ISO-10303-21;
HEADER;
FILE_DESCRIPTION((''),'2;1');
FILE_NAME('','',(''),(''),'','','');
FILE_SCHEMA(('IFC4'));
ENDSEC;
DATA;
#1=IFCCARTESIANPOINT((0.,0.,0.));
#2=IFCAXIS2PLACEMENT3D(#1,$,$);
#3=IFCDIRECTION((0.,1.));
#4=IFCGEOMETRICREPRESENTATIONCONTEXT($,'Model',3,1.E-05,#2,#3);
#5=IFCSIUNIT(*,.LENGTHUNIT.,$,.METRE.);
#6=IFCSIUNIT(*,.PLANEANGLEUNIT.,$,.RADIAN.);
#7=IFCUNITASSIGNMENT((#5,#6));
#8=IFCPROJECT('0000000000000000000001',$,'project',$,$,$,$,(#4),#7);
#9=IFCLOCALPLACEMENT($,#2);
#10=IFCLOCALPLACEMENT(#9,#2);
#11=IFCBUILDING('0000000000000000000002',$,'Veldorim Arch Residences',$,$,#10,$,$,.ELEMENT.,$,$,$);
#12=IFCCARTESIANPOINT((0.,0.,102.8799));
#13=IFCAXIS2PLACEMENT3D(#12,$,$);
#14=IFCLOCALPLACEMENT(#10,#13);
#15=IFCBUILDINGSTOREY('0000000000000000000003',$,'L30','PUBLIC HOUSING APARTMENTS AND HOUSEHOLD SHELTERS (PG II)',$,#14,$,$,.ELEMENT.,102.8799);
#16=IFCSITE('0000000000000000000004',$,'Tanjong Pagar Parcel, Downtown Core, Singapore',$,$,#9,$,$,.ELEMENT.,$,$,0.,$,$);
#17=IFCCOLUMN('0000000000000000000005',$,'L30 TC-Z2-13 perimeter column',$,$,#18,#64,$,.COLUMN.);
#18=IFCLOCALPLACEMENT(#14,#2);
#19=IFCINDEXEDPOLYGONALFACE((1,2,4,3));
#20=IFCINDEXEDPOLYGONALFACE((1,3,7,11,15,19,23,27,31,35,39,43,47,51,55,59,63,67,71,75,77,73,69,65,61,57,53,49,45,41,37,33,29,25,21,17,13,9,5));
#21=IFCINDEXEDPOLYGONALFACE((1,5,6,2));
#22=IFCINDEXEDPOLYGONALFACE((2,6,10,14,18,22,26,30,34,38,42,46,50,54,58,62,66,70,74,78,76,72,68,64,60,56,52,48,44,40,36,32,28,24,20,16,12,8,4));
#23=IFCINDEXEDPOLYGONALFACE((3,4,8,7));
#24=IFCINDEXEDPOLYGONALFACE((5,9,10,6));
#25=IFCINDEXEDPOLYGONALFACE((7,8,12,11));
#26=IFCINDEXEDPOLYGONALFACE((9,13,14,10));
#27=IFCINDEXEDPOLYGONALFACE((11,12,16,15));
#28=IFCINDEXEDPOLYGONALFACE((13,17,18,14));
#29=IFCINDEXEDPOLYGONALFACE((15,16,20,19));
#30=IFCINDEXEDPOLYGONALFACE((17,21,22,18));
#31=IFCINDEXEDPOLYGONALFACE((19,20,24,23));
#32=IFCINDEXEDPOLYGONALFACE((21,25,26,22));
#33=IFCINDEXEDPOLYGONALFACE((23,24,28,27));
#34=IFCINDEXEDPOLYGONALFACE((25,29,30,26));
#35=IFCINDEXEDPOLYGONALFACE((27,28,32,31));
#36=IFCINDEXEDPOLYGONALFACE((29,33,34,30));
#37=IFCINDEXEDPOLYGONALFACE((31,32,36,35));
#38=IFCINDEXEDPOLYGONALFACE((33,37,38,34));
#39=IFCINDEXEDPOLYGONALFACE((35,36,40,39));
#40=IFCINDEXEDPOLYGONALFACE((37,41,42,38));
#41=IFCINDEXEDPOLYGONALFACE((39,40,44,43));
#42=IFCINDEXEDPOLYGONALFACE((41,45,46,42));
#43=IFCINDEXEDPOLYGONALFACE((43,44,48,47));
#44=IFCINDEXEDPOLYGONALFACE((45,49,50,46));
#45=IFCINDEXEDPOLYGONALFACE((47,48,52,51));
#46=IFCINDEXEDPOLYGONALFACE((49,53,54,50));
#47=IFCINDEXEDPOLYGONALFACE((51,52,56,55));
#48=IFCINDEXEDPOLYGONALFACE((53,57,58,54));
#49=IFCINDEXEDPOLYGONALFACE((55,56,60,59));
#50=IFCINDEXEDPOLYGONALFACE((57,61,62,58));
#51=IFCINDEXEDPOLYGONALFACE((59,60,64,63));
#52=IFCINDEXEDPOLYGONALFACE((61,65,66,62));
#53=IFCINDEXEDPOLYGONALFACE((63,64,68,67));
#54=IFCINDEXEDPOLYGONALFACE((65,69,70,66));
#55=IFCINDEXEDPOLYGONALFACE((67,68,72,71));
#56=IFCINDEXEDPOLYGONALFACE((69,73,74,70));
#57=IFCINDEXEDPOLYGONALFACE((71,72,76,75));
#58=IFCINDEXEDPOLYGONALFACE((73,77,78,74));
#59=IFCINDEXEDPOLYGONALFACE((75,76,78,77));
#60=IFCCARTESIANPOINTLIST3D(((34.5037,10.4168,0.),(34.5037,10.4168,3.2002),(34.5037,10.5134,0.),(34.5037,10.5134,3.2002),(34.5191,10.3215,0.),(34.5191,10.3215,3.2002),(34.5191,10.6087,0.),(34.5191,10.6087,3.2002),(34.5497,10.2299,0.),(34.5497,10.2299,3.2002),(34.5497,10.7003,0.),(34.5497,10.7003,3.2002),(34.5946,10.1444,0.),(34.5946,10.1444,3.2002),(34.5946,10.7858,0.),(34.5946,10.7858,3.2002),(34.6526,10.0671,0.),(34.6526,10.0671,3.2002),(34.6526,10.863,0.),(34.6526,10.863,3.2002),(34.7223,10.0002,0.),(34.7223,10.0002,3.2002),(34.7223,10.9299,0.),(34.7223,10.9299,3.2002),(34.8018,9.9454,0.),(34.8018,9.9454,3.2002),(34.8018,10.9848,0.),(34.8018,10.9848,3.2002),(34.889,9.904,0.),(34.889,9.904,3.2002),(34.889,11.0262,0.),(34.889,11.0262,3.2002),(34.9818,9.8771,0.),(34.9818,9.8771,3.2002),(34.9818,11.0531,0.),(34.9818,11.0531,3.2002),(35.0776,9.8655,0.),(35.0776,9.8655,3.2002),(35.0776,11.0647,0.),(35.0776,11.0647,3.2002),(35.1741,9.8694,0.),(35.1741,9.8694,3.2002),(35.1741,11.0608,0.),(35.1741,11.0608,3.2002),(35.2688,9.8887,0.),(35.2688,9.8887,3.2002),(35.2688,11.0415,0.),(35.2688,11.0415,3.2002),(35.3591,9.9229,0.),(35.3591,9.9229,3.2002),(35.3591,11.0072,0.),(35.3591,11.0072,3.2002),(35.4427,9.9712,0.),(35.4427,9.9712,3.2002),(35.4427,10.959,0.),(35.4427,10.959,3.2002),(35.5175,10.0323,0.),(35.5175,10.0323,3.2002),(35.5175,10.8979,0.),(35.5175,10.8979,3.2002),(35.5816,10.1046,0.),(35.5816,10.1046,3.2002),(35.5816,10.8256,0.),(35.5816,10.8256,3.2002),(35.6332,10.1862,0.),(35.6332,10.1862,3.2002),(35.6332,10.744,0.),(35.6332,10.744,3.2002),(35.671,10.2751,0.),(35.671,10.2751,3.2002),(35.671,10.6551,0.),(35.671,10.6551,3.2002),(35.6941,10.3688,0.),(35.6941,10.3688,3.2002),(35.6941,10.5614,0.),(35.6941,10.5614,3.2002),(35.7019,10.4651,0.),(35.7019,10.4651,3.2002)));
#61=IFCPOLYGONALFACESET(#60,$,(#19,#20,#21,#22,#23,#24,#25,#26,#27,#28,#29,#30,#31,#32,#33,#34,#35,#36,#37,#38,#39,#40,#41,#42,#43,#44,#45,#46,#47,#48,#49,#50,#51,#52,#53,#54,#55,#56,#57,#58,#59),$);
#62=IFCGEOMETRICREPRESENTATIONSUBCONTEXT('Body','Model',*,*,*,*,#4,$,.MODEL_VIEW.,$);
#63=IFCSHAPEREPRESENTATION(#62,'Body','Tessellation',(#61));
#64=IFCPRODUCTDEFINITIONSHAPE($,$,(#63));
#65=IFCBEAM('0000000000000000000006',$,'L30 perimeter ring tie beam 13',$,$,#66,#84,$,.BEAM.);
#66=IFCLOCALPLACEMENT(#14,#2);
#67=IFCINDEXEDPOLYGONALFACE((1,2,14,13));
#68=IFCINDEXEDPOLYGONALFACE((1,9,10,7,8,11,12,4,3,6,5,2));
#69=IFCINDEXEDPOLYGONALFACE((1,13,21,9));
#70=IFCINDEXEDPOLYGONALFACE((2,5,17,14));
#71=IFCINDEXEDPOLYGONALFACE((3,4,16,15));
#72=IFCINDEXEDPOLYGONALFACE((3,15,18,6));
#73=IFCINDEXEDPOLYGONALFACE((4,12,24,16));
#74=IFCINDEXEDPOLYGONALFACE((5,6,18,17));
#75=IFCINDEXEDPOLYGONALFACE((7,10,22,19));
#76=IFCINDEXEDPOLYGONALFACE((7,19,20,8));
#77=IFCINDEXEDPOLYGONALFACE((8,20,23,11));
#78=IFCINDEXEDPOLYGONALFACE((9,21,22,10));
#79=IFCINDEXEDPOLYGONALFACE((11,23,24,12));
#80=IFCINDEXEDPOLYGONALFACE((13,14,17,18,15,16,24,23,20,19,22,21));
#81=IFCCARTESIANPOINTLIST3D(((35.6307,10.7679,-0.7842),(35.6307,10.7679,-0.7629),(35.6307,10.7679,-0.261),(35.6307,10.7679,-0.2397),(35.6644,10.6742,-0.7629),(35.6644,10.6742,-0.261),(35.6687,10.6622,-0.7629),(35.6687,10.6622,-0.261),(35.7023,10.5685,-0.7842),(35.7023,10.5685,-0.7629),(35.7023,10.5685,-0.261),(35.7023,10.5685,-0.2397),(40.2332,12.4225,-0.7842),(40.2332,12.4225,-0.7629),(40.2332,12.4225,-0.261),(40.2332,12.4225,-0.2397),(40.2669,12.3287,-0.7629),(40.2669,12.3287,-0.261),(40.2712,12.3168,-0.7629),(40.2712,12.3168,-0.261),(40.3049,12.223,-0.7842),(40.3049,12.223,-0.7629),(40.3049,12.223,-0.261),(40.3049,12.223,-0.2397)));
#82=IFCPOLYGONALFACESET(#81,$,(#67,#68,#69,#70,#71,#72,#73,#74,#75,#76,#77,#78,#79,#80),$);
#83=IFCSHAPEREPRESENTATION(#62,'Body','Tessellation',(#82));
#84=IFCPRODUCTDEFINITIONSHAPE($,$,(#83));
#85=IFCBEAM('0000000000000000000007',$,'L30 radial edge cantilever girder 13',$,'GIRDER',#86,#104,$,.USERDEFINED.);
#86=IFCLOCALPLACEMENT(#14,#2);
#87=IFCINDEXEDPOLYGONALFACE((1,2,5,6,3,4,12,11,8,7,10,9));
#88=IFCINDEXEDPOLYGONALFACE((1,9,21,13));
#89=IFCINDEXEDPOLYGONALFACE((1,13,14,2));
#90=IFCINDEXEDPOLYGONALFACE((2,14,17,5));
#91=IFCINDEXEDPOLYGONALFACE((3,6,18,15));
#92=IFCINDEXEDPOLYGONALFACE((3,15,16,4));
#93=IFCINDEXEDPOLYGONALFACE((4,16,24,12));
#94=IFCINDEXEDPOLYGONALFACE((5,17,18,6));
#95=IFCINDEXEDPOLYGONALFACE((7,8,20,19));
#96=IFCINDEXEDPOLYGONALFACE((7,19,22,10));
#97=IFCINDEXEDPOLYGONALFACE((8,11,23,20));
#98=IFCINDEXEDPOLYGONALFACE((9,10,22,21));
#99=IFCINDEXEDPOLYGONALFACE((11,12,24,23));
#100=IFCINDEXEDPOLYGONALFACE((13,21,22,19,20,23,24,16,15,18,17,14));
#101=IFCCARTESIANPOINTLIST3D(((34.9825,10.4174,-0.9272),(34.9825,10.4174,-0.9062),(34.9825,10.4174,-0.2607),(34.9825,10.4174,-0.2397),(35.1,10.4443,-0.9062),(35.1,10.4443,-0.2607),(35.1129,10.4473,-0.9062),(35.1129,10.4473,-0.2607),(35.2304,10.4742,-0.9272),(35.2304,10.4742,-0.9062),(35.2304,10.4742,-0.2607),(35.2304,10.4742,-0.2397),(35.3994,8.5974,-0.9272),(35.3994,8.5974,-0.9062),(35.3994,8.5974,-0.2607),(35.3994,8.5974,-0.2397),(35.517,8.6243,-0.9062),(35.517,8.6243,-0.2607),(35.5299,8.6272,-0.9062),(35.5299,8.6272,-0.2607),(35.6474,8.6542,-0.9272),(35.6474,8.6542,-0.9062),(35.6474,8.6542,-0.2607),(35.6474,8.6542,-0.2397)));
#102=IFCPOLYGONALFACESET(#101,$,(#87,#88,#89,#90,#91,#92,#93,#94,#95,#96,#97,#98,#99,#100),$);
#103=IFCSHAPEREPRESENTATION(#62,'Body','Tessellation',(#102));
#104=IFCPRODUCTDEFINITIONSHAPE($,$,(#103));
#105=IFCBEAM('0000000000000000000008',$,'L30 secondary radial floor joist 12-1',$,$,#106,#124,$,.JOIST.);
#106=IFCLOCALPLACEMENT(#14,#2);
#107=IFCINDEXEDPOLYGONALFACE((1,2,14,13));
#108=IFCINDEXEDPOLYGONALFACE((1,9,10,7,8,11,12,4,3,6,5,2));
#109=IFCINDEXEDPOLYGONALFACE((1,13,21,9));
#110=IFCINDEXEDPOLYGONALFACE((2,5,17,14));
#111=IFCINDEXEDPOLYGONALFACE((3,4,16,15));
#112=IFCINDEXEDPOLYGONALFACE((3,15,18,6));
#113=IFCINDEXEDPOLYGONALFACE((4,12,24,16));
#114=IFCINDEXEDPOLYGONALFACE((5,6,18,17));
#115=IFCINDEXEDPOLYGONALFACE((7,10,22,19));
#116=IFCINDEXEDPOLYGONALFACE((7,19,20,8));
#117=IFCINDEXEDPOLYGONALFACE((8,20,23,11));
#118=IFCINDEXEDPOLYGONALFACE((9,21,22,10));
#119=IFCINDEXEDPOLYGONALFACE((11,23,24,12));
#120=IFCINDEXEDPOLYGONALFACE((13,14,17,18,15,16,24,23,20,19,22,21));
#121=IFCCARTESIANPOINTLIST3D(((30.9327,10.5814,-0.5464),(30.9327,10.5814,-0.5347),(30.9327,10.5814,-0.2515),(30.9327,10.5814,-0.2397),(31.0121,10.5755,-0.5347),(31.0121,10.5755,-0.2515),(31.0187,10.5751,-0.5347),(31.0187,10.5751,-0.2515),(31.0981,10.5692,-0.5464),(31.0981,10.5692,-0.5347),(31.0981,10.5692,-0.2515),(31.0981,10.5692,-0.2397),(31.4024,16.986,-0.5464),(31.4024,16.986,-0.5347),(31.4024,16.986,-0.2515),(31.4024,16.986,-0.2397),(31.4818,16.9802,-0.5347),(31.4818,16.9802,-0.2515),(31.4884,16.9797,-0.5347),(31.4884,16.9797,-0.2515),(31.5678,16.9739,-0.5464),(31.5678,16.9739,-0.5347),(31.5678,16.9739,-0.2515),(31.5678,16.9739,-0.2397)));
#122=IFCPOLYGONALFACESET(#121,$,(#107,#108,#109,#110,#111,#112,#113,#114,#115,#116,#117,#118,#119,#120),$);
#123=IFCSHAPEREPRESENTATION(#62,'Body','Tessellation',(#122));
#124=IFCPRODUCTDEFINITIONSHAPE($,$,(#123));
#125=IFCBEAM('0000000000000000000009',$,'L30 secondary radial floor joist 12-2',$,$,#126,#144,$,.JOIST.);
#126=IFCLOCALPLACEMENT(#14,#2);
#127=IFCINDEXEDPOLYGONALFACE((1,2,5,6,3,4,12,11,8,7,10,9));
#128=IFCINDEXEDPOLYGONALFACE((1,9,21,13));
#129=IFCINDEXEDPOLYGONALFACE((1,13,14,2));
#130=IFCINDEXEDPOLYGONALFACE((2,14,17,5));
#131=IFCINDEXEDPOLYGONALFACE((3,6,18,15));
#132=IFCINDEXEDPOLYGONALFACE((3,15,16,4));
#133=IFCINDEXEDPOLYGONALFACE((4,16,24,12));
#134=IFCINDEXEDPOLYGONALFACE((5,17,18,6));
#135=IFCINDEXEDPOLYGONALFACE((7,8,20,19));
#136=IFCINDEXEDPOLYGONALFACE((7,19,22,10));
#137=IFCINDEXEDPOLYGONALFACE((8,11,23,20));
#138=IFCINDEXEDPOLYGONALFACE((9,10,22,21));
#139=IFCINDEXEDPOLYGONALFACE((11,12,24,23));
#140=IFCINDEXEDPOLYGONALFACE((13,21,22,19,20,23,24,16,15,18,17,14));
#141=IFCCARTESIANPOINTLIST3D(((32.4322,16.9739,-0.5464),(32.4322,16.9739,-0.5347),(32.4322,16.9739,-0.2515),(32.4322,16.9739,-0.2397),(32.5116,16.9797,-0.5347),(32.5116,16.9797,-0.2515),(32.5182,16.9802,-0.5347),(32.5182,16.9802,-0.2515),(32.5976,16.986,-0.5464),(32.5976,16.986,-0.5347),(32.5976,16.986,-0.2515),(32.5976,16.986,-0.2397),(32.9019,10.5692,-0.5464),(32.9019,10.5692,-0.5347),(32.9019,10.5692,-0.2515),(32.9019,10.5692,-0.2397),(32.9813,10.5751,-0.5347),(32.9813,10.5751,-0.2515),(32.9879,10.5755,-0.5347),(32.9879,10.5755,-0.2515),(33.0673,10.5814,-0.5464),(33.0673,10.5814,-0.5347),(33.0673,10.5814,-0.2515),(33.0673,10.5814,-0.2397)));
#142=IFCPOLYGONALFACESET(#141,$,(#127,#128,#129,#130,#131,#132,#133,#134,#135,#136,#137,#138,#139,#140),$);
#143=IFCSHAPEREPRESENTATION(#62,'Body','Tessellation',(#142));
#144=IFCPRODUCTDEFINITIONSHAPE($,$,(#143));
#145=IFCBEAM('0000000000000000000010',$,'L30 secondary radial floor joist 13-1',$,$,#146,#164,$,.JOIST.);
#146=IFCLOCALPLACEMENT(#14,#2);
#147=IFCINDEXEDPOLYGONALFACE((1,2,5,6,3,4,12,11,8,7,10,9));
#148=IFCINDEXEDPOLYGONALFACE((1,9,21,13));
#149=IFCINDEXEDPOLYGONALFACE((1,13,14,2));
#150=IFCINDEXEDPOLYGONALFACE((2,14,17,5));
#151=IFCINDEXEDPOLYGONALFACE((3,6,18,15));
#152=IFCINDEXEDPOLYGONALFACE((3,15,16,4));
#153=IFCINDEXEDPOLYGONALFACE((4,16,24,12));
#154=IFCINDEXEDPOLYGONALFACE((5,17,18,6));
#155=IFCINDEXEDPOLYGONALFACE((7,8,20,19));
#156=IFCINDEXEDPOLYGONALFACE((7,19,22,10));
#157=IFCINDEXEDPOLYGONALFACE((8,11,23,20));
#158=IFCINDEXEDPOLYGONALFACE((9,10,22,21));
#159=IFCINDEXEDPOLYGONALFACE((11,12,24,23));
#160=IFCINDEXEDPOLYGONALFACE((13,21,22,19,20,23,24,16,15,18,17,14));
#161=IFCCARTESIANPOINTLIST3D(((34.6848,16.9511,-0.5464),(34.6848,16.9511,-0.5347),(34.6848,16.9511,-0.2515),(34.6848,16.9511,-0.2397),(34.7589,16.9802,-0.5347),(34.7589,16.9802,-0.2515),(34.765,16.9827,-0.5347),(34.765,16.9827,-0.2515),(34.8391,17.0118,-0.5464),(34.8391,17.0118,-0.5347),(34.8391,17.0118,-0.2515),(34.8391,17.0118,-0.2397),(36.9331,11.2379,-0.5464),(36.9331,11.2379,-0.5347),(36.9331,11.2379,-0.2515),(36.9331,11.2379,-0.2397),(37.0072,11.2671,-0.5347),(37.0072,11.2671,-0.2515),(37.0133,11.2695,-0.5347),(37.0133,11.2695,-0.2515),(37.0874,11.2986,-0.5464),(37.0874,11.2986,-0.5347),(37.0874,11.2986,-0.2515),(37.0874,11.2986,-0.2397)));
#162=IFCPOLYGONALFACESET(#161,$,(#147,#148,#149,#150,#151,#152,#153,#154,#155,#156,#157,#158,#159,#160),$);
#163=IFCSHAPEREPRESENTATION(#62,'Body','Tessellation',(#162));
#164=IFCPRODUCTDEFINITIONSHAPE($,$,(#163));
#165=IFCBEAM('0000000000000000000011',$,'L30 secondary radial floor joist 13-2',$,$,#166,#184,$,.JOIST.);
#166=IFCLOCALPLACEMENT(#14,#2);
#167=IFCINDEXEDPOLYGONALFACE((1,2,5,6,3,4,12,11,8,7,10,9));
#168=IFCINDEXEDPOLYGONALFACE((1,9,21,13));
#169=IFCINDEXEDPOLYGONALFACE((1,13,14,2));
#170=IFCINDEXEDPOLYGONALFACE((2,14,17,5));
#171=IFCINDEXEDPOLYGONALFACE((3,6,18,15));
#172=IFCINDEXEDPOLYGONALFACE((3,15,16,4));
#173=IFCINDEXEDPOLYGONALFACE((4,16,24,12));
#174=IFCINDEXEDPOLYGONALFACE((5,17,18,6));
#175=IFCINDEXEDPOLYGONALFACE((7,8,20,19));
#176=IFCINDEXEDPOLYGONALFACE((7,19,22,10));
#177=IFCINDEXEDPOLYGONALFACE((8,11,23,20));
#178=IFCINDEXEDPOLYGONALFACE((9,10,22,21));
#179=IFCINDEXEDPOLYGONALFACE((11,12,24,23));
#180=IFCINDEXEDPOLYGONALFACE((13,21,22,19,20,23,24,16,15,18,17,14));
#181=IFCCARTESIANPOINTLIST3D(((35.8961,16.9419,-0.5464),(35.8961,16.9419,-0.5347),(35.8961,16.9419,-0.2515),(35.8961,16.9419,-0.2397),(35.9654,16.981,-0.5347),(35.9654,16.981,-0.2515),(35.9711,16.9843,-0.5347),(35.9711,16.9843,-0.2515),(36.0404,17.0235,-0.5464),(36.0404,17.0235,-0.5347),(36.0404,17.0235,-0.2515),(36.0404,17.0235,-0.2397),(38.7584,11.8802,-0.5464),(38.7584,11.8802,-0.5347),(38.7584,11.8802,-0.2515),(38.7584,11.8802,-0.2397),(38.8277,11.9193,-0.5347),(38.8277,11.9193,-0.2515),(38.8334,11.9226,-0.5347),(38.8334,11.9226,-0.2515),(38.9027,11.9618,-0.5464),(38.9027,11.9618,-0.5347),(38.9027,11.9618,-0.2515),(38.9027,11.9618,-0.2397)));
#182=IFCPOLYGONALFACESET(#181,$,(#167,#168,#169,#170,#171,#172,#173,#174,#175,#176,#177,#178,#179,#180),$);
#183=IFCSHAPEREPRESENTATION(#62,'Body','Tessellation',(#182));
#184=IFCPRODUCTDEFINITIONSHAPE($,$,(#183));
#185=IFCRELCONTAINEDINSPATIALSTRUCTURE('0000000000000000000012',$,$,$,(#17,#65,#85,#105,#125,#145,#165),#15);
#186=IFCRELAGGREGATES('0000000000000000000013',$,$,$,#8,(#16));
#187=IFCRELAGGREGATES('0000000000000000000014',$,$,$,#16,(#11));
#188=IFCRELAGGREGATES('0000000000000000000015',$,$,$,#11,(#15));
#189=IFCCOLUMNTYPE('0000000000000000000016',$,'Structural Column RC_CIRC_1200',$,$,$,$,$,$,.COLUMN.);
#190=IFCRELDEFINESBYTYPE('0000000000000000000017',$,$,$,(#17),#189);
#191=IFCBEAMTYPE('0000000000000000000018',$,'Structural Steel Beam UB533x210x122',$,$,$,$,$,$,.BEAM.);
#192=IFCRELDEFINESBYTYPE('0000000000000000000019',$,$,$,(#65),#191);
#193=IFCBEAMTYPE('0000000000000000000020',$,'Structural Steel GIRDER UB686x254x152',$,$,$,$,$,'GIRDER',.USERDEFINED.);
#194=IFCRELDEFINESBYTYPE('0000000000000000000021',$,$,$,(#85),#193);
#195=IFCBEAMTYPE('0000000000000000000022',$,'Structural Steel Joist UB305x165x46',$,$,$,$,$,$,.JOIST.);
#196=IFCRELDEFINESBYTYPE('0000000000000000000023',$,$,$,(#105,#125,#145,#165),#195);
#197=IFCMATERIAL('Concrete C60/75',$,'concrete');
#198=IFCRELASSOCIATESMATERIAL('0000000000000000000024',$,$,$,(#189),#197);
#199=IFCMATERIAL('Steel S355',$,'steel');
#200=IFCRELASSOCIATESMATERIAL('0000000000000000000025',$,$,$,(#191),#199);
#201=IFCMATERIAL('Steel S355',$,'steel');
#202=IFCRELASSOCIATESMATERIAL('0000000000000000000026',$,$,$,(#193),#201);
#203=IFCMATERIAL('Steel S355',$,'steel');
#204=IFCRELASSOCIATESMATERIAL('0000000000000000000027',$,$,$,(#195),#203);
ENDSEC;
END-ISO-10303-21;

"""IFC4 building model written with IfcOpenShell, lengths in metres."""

from ifc_helpers import new_model, si_unit, direction, frame, origin, origin_2d, place, context, subcontext, project, spatial, circle, i_section, extrude, material, material_profile, profile_set, type_object, element, save


model = new_model("IFC4")

# Units and contexts
model_context = context("Model", 3, precision=1e-05, world=origin(), true_north=direction((0.0, 1.0)))
body_context = subcontext(model_context, "Body", "Model", "MODEL_VIEW")
ifc_project = project(units=[si_unit("LENGTHUNIT", "METRE"), si_unit("PLANEANGLEUNIT", "RADIAN")], contexts=[model_context])

# Site, building, storey
site_placement = place(None, origin())
site = spatial("IfcSite", under=ifc_project, at=site_placement, Name="Tanjong Pagar Parcel, Downtown Core, Singapore", CompositionType="ELEMENT", RefElevation=0.0)
building_placement = place(site_placement, origin())
building = spatial("IfcBuilding", under=site, at=building_placement, Name="Veldorim Arch Residences", CompositionType="ELEMENT")
storey_placement = place(building_placement, frame((0.0, 0.0, 102.8799)))
storey = spatial("IfcBuildingStorey", under=building, at=storey_placement, Name="L30", Description="PUBLIC HOUSING APARTMENTS AND HOUSEHOLD SHELTERS (PG II)", CompositionType="ELEMENT", Elevation=102.8799)

# Column
ifc_material_1 = material(Name="Concrete C60/75", Category="concrete")
ifc_material_profile_1 = material_profile(ifc_material_1, circle(Radius=0.6001, at=origin_2d()), Name="RC_CIRC_1200")
ifc_profile_set_1 = profile_set([ifc_material_profile_1], Name="Concrete C60/75")
column_type = type_object("IfcColumnType", Name="Structural Column RC_CIRC_1200", PredefinedType="COLUMN", material=ifc_profile_set_1)
column_placement = place(storey_placement, frame((35.1018, 10.4651, 0.0), z_axis=(0.0, 0.0, 1.0), x_axis=(1.0, 0.0, 0.0)))
element("IfcColumn", 1, at=column_placement, inside=storey, type_object=column_type, Name="L30 TC-Z2-13 perimeter column", PredefinedType="COLUMN", context=body_context, shape_type="SweptSolid", body=[
    extrude(circle(Radius=0.6001, at=origin_2d()), origin(), (0.0, 0.0, 1.0), 3.2002),
])

# Beams
ifc_material_2 = material(Name="Steel S355", Category="steel")
ifc_material_profile_2 = material_profile(ifc_material_2, i_section(OverallWidth=0.2119, OverallDepth=0.5444, WebThickness=0.0127, FlangeThickness=0.0212, at=origin_2d()), Name="UB533x210x122")
ifc_profile_set_2 = profile_set([ifc_material_profile_2], Name="Steel S355")
beam_type_1 = type_object("IfcBeamType", Name="Structural Steel Beam UB533x210x122", PredefinedType="BEAM", material=ifc_profile_set_2)
beam_1_placement = place(storey_placement, frame((35.6665, 10.6682, -0.512), z_axis=(0.941042, 0.33829, 0.0), x_axis=(-0.33829, 0.941042, 0.0)))
element("IfcBeam", 2, at=beam_1_placement, inside=storey, type_object=beam_type_1, Name="L30 perimeter ring tie beam 13", PredefinedType="BEAM", context=body_context, shape_type="SweptSolid", body=[
    extrude(i_section(OverallWidth=0.2119, OverallDepth=0.5444, WebThickness=0.0127, FlangeThickness=0.0212, at=origin_2d()), origin(), (0.0, 0.0, 1.0), 4.8909),
])
ifc_material_3 = material(Name="Steel S355", Category="steel")
ifc_material_profile_3 = material_profile(ifc_material_3, i_section(OverallWidth=0.2544, OverallDepth=0.6875, WebThickness=0.0132, FlangeThickness=0.021, at=origin_2d()), Name="UB686x254x152")
ifc_profile_set_3 = profile_set([ifc_material_profile_3], Name="Steel S355")
beam_type_2 = type_object("IfcBeamType", Name="Structural Steel GIRDER UB686x254x152", ElementType="GIRDER", PredefinedType="USERDEFINED", material=ifc_profile_set_3)
beam_2_placement = place(storey_placement, frame((35.1064, 10.4458, -0.5835), z_axis=(0.223322, -0.974745, 0.0), x_axis=(0.974745, 0.223322, 0.0)))
element("IfcBeam", 3, at=beam_2_placement, inside=storey, type_object=beam_type_2, Name="L30 radial edge cantilever girder 13", ObjectType="GIRDER", PredefinedType="USERDEFINED", context=body_context, shape_type="SweptSolid", body=[
    extrude(i_section(OverallWidth=0.2544, OverallDepth=0.6875, WebThickness=0.0132, FlangeThickness=0.021, at=origin_2d()), origin(), (0.0, 0.0, 1.0), 1.8672),
])
ifc_material_4 = material(Name="Steel S355", Category="steel")
ifc_material_profile_4 = material_profile(ifc_material_4, i_section(OverallWidth=0.1658, OverallDepth=0.3066, WebThickness=0.0066, FlangeThickness=0.0117, at=origin_2d()), Name="UB305x165x46")
ifc_profile_set_4 = profile_set([ifc_material_profile_4], Name="Steel S355")
beam_type_3 = type_object("IfcBeamType", Name="Structural Steel Joist UB305x165x46", PredefinedType="JOIST", material=ifc_profile_set_4)
for number, where, z_axis, x_axis, name in (
    (4, (31.4851, 16.98, -0.3931), (-0.073143, -0.997321, 0.0), (0.997321, -0.073143, 0.0), "L30 secondary radial floor joist 12-1"),
    (5, (32.5149, 16.98, -0.3931), (0.073143, -0.997321, 0.0), (0.997321, 0.073143, 0.0), "L30 secondary radial floor joist 12-2"),
):
    element("IfcBeam", number, at=place(storey_placement, frame(where, z_axis=z_axis, x_axis=x_axis)), inside=storey, type_object=beam_type_3, Name=name, PredefinedType="JOIST", context=body_context, shape_type="SweptSolid", body=[
        extrude(i_section(OverallWidth=0.1658, OverallDepth=0.3066, WebThickness=0.0066, FlangeThickness=0.0117, at=origin_2d()), origin(), (0.0, 0.0, 1.0), 6.4219),
    ])
beam_3_placement = place(storey_placement, frame((34.762, 16.9814, -0.3931), z_axis=(0.366195, -0.930538, 0.0), x_axis=(0.930538, 0.366195, 0.0)))
element("IfcBeam", 6, at=beam_3_placement, inside=storey, type_object=beam_type_3, Name="L30 secondary radial floor joist 13-1", PredefinedType="JOIST", context=body_context, shape_type="SweptSolid", body=[
    extrude(i_section(OverallWidth=0.1658, OverallDepth=0.3066, WebThickness=0.0066, FlangeThickness=0.0117, at=origin_2d()), origin(), (0.0, 0.0, 1.0), 6.1396),
])
beam_4_placement = place(storey_placement, frame((35.9683, 16.9827, -0.3931), z_axis=(0.492227, -0.870467, 0.0), x_axis=(0.870467, 0.492227, 0.0)))
element("IfcBeam", 7, at=beam_4_placement, inside=storey, type_object=beam_type_3, Name="L30 secondary radial floor joist 13-2", PredefinedType="JOIST", context=body_context, shape_type="SweptSolid", body=[
    extrude(i_section(OverallWidth=0.1658, OverallDepth=0.3066, WebThickness=0.0066, FlangeThickness=0.0117, at=origin_2d()), origin(), (0.0, 0.0, 1.0), 5.8149),
])

save(model, "model.ifc")
